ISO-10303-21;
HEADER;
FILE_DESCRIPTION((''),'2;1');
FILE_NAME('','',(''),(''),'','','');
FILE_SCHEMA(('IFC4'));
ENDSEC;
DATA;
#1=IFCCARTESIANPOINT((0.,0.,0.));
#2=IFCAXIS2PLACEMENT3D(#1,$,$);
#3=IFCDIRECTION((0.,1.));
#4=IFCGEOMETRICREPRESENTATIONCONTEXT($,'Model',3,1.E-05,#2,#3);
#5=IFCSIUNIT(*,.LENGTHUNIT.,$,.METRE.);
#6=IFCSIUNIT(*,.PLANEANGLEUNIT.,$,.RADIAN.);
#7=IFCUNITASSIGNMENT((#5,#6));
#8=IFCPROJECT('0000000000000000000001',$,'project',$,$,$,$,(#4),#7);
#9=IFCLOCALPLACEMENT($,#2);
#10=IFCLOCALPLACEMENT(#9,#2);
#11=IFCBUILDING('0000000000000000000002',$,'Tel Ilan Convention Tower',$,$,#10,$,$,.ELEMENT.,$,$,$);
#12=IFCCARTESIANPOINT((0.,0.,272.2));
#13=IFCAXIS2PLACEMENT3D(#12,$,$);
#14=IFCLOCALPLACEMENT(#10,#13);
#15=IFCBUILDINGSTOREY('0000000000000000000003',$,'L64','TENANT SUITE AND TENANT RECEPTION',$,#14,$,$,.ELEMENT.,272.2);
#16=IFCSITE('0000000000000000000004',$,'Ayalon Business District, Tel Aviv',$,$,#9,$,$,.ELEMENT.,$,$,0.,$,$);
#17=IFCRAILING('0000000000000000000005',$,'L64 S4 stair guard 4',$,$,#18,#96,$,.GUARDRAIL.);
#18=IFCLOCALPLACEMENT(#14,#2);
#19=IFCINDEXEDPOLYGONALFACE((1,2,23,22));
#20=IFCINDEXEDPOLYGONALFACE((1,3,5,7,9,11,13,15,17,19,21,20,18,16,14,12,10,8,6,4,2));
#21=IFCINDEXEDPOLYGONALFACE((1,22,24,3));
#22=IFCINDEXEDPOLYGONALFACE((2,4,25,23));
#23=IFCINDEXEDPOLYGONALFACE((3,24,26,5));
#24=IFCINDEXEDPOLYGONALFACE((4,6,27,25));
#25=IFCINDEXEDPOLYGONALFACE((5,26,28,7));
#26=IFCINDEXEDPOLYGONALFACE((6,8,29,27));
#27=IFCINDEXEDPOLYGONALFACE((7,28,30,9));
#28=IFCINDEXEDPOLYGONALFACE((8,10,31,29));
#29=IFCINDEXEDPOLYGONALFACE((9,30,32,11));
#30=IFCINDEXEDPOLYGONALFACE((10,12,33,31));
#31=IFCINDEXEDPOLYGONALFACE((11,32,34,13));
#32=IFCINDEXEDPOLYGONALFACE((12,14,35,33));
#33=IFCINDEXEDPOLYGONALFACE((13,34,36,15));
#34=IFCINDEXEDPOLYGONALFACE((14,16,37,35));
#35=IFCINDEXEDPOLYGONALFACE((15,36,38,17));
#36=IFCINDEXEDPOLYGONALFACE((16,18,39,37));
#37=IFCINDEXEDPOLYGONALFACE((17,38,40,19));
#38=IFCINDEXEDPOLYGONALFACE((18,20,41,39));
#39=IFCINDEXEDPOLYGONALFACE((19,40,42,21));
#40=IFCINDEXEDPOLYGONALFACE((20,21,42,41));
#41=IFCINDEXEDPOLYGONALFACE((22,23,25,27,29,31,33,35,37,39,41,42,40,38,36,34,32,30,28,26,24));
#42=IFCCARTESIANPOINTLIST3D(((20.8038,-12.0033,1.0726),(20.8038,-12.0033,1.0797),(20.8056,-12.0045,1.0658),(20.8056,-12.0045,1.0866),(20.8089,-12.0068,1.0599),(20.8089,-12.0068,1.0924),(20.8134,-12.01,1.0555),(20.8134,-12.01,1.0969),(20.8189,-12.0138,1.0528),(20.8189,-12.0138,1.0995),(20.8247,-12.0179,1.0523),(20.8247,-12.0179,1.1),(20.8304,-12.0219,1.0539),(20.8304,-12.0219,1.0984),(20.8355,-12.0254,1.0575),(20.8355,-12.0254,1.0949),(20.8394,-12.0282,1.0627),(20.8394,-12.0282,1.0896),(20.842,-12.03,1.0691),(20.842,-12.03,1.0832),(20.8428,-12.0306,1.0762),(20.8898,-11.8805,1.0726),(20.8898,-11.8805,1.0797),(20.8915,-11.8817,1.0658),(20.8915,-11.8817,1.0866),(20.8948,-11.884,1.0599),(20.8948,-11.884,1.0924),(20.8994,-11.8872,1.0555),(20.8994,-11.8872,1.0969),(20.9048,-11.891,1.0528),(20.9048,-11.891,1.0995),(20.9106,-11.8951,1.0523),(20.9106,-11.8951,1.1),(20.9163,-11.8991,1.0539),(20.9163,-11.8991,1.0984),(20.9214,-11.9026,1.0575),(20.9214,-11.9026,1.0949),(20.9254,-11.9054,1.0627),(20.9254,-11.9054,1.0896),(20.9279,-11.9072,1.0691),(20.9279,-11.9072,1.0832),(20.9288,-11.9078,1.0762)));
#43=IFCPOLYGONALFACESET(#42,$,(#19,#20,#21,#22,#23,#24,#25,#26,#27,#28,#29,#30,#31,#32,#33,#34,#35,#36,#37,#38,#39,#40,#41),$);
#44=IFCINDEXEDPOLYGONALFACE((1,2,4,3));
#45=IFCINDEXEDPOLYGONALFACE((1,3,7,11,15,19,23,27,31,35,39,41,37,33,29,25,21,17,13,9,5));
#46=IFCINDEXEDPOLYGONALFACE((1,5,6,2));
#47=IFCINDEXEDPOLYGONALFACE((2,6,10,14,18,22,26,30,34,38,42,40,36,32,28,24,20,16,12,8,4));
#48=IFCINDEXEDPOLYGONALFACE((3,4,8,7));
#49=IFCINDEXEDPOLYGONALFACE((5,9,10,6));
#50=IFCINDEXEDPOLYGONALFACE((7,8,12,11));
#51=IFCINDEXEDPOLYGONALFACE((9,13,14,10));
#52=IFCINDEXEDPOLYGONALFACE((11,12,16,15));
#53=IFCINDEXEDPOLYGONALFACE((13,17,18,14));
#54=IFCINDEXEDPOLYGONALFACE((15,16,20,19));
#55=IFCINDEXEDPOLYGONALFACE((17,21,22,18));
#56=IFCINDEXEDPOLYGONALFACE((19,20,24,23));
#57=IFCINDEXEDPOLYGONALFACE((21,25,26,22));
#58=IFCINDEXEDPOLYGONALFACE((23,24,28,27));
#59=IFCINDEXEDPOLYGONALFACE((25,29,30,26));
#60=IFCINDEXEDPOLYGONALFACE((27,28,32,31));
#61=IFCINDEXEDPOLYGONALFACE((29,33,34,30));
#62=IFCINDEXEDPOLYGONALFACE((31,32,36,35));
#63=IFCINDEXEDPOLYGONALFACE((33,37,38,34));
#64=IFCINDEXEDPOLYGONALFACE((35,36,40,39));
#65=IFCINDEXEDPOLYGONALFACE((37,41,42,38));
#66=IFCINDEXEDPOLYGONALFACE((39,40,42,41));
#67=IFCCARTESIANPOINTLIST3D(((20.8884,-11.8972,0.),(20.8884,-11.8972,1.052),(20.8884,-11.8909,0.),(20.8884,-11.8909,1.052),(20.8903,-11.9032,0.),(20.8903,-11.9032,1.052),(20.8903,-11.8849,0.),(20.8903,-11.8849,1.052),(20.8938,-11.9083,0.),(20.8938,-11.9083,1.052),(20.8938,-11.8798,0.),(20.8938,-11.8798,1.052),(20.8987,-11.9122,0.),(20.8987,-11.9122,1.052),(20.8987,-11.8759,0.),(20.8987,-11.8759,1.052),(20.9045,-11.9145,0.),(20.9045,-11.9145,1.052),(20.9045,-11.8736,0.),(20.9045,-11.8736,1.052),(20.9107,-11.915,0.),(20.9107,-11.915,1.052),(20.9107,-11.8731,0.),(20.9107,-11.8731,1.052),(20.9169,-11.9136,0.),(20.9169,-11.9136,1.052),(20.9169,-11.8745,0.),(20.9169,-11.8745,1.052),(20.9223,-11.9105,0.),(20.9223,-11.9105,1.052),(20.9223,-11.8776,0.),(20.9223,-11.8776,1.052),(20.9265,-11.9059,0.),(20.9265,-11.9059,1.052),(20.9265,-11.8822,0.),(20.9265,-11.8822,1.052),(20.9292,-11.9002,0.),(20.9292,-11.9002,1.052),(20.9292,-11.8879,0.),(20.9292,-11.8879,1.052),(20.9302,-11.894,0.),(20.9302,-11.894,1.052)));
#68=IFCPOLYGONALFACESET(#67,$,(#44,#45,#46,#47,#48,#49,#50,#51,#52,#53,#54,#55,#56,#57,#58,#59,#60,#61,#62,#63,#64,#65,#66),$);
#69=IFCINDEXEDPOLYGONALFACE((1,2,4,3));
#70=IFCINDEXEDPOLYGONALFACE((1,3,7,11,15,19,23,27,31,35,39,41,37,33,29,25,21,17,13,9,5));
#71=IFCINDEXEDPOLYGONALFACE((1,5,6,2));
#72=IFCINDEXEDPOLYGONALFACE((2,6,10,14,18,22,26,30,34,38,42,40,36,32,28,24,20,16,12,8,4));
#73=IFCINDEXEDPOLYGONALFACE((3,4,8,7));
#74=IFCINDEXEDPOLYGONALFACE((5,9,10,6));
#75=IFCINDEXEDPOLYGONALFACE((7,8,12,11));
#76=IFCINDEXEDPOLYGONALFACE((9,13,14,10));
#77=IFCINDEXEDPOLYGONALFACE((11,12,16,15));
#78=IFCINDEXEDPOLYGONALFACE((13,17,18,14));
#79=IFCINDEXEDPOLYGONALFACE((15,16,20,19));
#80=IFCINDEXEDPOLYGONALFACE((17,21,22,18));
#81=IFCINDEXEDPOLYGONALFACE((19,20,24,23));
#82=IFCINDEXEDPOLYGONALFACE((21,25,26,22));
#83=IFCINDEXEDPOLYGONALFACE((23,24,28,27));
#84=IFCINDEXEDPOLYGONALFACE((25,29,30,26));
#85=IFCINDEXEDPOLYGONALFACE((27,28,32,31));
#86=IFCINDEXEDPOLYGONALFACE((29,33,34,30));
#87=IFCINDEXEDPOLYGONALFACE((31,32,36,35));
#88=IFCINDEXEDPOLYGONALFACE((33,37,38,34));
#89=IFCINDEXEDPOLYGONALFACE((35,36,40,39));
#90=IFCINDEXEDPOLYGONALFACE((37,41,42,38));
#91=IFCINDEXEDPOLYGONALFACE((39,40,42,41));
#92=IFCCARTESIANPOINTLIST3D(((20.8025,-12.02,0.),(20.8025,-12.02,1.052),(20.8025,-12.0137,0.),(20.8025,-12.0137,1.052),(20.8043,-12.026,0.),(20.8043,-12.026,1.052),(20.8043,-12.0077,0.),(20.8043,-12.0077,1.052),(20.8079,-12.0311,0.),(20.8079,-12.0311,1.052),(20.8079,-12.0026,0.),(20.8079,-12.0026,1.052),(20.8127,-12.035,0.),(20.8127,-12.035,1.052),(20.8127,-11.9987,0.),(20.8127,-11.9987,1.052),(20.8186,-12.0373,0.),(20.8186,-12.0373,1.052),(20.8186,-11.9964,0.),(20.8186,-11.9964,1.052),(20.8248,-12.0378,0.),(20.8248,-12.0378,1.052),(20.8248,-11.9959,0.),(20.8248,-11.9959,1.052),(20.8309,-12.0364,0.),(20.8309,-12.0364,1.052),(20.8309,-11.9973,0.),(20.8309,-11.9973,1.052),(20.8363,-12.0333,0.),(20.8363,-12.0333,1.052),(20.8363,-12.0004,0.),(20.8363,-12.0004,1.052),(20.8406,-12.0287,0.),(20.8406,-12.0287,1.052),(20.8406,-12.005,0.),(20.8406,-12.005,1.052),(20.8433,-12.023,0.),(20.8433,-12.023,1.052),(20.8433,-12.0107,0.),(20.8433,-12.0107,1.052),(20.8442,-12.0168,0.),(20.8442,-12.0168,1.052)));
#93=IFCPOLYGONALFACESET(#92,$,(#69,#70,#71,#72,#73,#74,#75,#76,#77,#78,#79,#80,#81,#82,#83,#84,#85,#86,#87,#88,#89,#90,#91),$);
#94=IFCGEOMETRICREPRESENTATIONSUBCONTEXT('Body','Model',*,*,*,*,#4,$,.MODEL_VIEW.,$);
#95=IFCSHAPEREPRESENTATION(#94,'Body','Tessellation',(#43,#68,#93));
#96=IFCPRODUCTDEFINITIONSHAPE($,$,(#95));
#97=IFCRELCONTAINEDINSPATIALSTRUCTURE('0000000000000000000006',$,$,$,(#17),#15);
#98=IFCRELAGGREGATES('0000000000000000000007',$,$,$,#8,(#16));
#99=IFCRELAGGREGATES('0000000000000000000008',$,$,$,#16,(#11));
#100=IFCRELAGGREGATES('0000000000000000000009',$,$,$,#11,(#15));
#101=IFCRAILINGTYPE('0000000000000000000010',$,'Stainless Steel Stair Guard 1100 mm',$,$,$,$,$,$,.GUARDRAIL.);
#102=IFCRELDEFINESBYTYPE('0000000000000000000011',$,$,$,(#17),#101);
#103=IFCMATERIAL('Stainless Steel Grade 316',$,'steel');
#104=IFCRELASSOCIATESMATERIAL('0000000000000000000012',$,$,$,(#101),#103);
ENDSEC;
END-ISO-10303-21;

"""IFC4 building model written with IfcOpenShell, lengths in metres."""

from ifc_helpers import new_model, si_unit, direction, frame, origin, origin_2d, place, context, subcontext, project, spatial, circle, extrude, material, type_object, element, save


model = new_model("IFC4")

# Units and contexts
model_context = context("Model", 3, precision=1e-05, world=origin(), true_north=direction((0.0, 1.0)))
body_context = subcontext(model_context, "Body", "Model", "MODEL_VIEW")
ifc_project = project(units=[si_unit("LENGTHUNIT", "METRE"), si_unit("PLANEANGLEUNIT", "RADIAN")], contexts=[model_context])

# Site, building, storey
site_placement = place(None, origin())
site = spatial("IfcSite", under=ifc_project, at=site_placement, Name="Ayalon Business District, Tel Aviv", CompositionType="ELEMENT", RefElevation=0.0)
building_placement = place(site_placement, origin())
building = spatial("IfcBuilding", under=site, at=building_placement, Name="Tel Ilan Convention Tower", CompositionType="ELEMENT")
storey_placement = place(building_placement, frame((0.0, 0.0, 272.2)))
storey = spatial("IfcBuildingStorey", under=building, at=storey_placement, Name="L64", Description="TENANT SUITE AND TENANT RECEPTION", CompositionType="ELEMENT", Elevation=272.2)

# Railing
ifc_material_1 = material(Name="Stainless Steel Grade 316", Category="steel")
railing_type_1 = type_object("IfcRailingType", Name="Stainless Steel Stair Guard 1100 mm", PredefinedType="GUARDRAIL", material=ifc_material_1)
railing_1_placement = place(storey_placement, frame((20.9092, -11.894, 0.0)))
element("IfcRailing", 1, at=railing_1_placement, inside=storey, type_object=railing_type_1, Name="L64 S4 stair guard 4", PredefinedType="GUARDRAIL", context=body_context, shape_type="SweptSolid", body=[
    extrude(circle(Radius=0.0239, at=origin_2d()), frame((0.0, 0.0, 1.0762), z_axis=(-0.573353, -0.819308, 0.0), x_axis=(0.819308, -0.573353, 0.0)), (0.0, 0.0, 1.0), 0.1499),
    extrude(circle(Radius=0.021, at=origin_2d()), origin(), (0.0, 0.0, 1.0), 1.052),
    extrude(circle(Radius=0.021, at=origin_2d()), frame((-0.0859, -0.1228, 0.0)), (0.0, 0.0, 1.0), 1.052),
])

save(model, "model.ifc")
